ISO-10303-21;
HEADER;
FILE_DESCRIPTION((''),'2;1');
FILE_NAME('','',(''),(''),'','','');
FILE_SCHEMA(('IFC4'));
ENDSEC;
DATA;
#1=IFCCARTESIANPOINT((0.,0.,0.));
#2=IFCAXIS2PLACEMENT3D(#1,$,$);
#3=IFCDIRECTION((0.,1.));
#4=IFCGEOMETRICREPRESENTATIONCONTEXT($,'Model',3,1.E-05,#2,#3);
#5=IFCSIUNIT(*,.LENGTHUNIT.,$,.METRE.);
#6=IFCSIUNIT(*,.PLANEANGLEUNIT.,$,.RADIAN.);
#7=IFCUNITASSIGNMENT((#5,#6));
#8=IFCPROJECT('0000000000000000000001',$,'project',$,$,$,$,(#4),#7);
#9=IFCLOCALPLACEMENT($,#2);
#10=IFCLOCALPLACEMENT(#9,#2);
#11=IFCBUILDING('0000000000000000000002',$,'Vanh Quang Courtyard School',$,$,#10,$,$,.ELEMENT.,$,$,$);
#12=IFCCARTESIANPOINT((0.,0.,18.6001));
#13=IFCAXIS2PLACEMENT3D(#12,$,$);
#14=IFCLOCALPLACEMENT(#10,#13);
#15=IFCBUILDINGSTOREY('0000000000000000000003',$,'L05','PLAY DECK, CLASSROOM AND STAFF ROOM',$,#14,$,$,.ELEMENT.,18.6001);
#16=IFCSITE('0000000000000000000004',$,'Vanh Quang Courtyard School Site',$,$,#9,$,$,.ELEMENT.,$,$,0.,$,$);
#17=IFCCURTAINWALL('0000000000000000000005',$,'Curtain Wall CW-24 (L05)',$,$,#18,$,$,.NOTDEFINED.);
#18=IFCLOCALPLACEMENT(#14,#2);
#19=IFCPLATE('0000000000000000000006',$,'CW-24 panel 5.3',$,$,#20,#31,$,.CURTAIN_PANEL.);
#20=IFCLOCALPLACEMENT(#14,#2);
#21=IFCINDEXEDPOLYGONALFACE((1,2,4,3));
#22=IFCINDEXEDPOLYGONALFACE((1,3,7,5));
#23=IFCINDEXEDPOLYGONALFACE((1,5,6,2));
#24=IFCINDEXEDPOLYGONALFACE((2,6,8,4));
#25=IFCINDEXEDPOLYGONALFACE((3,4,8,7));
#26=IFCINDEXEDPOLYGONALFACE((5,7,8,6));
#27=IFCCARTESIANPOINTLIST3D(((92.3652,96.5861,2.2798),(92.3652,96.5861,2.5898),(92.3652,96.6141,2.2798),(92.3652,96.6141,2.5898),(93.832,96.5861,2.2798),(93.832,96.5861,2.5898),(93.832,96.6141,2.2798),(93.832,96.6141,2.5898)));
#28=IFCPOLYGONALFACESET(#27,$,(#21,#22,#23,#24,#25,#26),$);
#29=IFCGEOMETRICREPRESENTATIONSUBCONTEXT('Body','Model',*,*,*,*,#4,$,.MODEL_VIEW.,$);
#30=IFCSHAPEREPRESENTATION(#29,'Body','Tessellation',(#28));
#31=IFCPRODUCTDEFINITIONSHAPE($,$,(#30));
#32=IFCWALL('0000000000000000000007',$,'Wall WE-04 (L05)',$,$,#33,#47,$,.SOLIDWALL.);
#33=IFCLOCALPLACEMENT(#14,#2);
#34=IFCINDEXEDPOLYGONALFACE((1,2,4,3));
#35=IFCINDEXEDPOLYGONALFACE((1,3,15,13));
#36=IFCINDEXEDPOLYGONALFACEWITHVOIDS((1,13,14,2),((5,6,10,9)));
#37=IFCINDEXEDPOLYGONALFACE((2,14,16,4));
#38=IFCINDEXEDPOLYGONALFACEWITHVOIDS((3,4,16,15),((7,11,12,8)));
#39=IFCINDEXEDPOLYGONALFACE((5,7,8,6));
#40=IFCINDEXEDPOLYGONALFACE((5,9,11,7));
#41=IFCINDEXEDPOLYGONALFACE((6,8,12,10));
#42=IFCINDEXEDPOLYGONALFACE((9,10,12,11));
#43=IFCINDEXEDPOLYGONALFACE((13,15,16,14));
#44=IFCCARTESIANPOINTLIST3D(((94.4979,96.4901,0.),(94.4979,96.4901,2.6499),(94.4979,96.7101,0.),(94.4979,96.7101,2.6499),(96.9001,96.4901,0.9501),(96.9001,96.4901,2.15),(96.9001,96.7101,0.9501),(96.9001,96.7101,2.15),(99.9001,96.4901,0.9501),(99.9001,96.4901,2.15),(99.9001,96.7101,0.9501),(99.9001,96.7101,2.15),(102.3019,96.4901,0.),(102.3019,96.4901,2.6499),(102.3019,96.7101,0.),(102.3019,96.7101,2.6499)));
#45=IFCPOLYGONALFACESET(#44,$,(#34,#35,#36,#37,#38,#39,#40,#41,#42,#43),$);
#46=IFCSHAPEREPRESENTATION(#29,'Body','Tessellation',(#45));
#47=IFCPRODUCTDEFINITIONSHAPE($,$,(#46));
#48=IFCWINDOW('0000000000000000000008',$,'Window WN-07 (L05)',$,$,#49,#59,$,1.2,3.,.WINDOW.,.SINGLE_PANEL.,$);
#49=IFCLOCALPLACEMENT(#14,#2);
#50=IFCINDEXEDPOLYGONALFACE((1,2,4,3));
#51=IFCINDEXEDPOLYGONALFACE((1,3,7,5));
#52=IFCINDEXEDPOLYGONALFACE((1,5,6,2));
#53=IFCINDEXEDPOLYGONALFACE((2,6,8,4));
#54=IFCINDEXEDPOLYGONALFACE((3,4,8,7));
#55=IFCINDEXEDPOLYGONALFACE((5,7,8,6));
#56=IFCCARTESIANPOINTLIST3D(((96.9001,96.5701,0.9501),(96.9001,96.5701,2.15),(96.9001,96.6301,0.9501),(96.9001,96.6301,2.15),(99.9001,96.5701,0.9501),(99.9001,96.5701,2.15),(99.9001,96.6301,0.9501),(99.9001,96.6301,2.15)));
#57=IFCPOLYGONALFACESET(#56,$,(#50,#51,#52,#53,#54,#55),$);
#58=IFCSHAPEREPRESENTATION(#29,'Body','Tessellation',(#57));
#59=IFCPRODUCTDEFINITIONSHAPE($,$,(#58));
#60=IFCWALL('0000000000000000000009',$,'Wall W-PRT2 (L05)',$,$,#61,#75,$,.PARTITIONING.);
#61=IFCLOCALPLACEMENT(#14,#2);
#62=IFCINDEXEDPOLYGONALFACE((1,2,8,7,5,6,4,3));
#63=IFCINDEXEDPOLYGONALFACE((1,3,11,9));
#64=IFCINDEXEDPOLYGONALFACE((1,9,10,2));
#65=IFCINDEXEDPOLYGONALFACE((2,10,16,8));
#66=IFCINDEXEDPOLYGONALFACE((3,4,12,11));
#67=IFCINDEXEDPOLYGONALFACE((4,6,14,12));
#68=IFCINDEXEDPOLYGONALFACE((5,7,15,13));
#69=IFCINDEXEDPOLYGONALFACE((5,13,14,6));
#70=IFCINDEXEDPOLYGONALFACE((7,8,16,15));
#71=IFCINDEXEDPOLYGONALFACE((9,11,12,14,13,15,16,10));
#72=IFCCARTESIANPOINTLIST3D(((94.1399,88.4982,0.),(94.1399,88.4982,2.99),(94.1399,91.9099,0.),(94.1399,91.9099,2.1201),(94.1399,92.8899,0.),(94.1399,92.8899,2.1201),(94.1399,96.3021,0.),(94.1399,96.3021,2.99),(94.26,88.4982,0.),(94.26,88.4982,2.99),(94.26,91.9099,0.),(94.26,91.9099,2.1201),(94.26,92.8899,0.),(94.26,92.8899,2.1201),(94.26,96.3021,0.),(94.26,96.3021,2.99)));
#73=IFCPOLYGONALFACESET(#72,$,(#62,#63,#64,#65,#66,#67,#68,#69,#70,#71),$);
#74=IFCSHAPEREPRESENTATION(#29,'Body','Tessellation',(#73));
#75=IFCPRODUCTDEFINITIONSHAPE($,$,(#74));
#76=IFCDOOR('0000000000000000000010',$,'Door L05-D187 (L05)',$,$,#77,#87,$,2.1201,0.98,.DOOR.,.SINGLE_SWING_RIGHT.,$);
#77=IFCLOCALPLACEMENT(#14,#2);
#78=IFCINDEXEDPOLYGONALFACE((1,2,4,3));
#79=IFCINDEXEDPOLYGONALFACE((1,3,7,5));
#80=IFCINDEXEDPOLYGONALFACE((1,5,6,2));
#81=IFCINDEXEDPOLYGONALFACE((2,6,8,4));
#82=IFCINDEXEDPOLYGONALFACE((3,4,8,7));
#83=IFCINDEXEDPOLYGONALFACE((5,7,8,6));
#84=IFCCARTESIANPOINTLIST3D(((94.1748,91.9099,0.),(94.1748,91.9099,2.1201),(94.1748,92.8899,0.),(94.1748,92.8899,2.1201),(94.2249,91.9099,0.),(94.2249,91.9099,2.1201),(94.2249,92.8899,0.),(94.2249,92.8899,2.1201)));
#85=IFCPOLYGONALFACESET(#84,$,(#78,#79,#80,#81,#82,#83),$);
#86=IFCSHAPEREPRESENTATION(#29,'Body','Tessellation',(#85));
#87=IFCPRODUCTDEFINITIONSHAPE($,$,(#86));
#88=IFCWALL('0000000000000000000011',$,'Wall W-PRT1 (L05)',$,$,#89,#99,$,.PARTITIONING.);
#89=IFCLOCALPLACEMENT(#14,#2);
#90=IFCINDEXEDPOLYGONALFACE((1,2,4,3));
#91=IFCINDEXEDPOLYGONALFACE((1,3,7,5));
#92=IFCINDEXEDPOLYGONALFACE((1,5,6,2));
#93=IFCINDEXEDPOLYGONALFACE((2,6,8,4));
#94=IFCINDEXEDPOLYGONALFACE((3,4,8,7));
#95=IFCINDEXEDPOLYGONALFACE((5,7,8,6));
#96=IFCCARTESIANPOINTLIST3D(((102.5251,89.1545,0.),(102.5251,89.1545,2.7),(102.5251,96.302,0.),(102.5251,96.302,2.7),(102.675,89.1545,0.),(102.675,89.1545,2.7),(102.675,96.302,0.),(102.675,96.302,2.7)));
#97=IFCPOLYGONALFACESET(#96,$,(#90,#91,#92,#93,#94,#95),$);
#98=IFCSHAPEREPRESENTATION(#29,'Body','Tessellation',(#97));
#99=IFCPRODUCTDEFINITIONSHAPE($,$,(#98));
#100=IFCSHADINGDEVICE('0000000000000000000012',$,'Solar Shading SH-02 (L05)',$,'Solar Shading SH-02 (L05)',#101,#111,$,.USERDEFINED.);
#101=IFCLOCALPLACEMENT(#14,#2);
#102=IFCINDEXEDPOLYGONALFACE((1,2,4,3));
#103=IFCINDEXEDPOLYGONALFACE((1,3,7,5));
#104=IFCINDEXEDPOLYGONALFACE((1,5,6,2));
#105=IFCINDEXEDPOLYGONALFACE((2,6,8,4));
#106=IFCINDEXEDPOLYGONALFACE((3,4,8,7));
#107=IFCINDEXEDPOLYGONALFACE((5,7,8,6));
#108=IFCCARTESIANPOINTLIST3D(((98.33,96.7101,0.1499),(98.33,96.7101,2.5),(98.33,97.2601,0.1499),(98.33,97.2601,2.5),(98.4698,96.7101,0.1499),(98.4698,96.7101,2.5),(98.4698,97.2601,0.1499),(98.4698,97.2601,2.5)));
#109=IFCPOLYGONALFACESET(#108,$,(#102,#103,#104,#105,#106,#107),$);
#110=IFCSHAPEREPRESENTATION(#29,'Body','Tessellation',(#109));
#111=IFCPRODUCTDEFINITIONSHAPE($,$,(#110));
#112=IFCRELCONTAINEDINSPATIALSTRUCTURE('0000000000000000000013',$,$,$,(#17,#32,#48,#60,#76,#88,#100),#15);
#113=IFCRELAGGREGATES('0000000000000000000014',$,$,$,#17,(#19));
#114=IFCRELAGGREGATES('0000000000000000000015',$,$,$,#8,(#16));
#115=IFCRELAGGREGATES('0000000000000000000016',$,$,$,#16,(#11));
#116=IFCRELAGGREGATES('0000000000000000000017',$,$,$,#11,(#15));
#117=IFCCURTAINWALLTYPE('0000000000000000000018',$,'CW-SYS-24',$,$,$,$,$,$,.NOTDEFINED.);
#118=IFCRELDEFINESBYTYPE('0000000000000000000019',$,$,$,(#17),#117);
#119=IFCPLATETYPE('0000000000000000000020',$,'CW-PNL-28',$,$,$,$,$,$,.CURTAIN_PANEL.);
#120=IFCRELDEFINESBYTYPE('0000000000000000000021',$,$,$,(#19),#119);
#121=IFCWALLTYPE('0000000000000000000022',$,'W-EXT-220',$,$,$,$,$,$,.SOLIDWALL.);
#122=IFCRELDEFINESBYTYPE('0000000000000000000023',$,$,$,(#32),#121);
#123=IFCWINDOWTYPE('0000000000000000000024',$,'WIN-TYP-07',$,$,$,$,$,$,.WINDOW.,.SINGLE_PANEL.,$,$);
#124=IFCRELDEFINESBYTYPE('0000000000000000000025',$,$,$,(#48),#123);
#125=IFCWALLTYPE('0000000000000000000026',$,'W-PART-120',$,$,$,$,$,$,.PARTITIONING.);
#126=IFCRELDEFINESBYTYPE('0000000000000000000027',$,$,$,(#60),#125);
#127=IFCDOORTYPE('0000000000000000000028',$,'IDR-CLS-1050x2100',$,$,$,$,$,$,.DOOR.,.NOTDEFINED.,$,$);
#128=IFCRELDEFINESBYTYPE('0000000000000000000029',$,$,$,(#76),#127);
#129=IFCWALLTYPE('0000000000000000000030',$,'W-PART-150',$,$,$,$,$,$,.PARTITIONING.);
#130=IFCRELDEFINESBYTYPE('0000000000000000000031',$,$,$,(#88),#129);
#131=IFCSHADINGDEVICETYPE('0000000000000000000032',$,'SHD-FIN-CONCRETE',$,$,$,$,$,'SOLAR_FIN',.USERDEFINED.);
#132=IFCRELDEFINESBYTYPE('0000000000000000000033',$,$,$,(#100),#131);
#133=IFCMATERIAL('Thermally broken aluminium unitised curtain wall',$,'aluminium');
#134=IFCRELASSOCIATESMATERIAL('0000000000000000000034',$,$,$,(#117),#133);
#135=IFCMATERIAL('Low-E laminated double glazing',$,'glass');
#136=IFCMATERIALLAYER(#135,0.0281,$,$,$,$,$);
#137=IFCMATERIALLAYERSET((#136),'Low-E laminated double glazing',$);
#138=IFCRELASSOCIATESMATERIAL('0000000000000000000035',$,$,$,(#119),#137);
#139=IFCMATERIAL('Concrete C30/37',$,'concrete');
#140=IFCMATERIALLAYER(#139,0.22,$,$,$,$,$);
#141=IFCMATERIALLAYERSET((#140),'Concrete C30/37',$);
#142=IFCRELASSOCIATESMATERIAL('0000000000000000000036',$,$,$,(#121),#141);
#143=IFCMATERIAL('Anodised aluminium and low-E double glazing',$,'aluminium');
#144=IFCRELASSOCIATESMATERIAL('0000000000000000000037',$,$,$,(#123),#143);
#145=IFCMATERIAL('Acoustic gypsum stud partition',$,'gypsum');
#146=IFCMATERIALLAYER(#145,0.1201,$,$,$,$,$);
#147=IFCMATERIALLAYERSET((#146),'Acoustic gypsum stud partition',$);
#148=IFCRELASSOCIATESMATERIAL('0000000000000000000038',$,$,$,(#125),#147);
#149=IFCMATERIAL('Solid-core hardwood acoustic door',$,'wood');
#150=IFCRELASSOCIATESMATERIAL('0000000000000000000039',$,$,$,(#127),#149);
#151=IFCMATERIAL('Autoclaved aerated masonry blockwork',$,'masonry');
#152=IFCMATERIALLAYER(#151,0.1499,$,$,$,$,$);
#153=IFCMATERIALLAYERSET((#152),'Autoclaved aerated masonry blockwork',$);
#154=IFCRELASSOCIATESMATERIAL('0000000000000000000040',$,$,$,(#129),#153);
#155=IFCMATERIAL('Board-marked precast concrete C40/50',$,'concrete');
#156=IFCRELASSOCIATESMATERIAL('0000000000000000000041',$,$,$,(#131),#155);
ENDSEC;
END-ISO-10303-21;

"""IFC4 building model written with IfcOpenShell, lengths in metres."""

from ifc_helpers import new_model, si_unit, direction, frame, frame_2d, origin, origin_2d, place, context, subcontext, project, spatial, rectangle, extrude, material, layer, layer_set, type_object, element, fill, aggregate, save


model = new_model("IFC4")

# Units and contexts
model_context = context("Model", 3, precision=1e-05, world=origin(), true_north=direction((0.0, 1.0)))
body_context = subcontext(model_context, "Body", "Model", "MODEL_VIEW")
ifc_project = project(units=[si_unit("LENGTHUNIT", "METRE"), si_unit("PLANEANGLEUNIT", "RADIAN")], contexts=[model_context])

# Site, building, storey
site_placement = place(None, origin())
site = spatial("IfcSite", under=ifc_project, at=site_placement, Name="Vanh Quang Courtyard School Site", CompositionType="ELEMENT", RefElevation=0.0)
building_placement = place(site_placement, origin())
building = spatial("IfcBuilding", under=site, at=building_placement, Name="Vanh Quang Courtyard School", CompositionType="ELEMENT")
storey_placement = place(building_placement, frame((0.0, 0.0, 18.6001)))
storey = spatial("IfcBuildingStorey", under=building, at=storey_placement, Name="L05", Description="PLAY DECK, CLASSROOM AND STAFF ROOM", CompositionType="ELEMENT", Elevation=18.6001)

# Curtain wall
ifc_material_1 = material(Name="Thermally broken aluminium unitised curtain wall", Category="aluminium")
curtain_wall_type = type_object("IfcCurtainWallType", Name="CW-SYS-24", PredefinedType="NOTDEFINED", material=ifc_material_1)
curtain_wall_placement = place(storey_placement, origin())
curtain_wall = element("IfcCurtainWall", 1, at=curtain_wall_placement, inside=storey, type_object=curtain_wall_type, Name="Curtain Wall CW-24 (L05)", PredefinedType="NOTDEFINED")

# Shared definitions
ifc_material_2 = material(Name="Concrete C30/37", Category="concrete")

# Plate
ifc_material_3 = material(Name="Low-E laminated double glazing", Category="glass")
ifc_layer_1 = layer(ifc_material_3, 0.0281)
ifc_layer_set_1 = layer_set([ifc_layer_1], Name="Low-E laminated double glazing")
plate_type = type_object("IfcPlateType", Name="CW-PNL-28", PredefinedType="CURTAIN_PANEL", material=ifc_layer_set_1)
plate_1_placement = place(storey_placement, frame((93.0986, 96.6001, 2.2798), z_axis=(0.0, 0.0, 1.0), x_axis=(1.0, 0.0, 0.0)))
plate_1 = element("IfcPlate", 2, at=plate_1_placement, type_object=plate_type, Name="CW-24 panel 5.3", PredefinedType="CURTAIN_PANEL", context=body_context, shape_type="SweptSolid", body=[
    extrude(rectangle(XDim=1.4668, YDim=0.0281, at=origin_2d()), origin(), (0.0, 0.0, 1.0), 0.3101),
])
aggregate(curtain_wall, [plate_1])

# Wall, opening, window
ifc_layer_2 = layer(ifc_material_2, 0.22)
ifc_layer_set_2 = layer_set([ifc_layer_2], Name="Concrete C30/37")
wall_type_1 = type_object("IfcWallType", Name="W-EXT-220", PredefinedType="SOLIDWALL", material=ifc_layer_set_2)
wall_1_placement = place(storey_placement, frame((94.498, 96.6001, 0.0), z_axis=(0.0, 0.0, 1.0), x_axis=(1.0, 0.0, 0.0)))
wall_1 = element("IfcWall", 3, at=wall_1_placement, inside=storey, type_object=wall_type_1, Name="Wall WE-04 (L05)", PredefinedType="SOLIDWALL", context=body_context, shape_type="SweptSolid", body=[
    extrude(rectangle(XDim=7.804, YDim=0.22, at=frame_2d((3.9019, 0.0))), origin(), (0.0, 0.0, 1.0), 2.6499),
])
opening_1_placement = place(wall_1_placement, frame((2.4021, 0.0, 0.95)))
opening_1 = element("IfcOpeningElement", 4, at=opening_1_placement, cuts=wall_1, PredefinedType="OPENING", context=body_context, shape_type="SweptSolid", body=[
    extrude(rectangle(XDim=3.0, YDim=1.2, at=frame_2d((1.5, 0.6001))), frame((0.0, 0.1201, 0.0), z_axis=(0.0, -1.0, 0.0), x_axis=(1.0, 0.0, 0.0)), (0.0, 0.0, 1.0), 0.24),
])
ifc_material_4 = material(Name="Anodised aluminium and low-E double glazing", Category="aluminium")
window_type = type_object("IfcWindowType", Name="WIN-TYP-07", PartitioningType="SINGLE_PANEL", PredefinedType="WINDOW", material=ifc_material_4)
window_placement = place(opening_1_placement, origin())
window = element("IfcWindow", 5, at=window_placement, inside=storey, type_object=window_type, Name="Window WN-07 (L05)", OverallHeight=1.2, OverallWidth=3.0, PartitioningType="SINGLE_PANEL", PredefinedType="WINDOW", context=body_context, shape_type="SweptSolid", body=[
    extrude(rectangle(XDim=3.0, YDim=1.2, at=frame_2d((1.5, 0.6001))), frame((0.0, 0.03, 0.0), z_axis=(0.0, -1.0, 0.0), x_axis=(1.0, 0.0, 0.0)), (0.0, 0.0, 1.0), 0.0601),
])
fill(opening_1, window)

# Wall, opening, door
ifc_material_5 = material(Name="Acoustic gypsum stud partition", Category="gypsum")
ifc_layer_3 = layer(ifc_material_5, 0.1201)
ifc_layer_set_3 = layer_set([ifc_layer_3], Name="Acoustic gypsum stud partition")
wall_type_2 = type_object("IfcWallType", Name="W-PART-120", PredefinedType="PARTITIONING", material=ifc_layer_set_3)
wall_2_placement = place(storey_placement, frame((94.2, 96.302, 0.0), z_axis=(0.0, 0.0, 1.0), x_axis=(0.0, -1.0, 0.0)))
wall_2 = element("IfcWall", 6, at=wall_2_placement, inside=storey, type_object=wall_type_2, Name="Wall W-PRT2 (L05)", PredefinedType="PARTITIONING", context=body_context, shape_type="SweptSolid", body=[
    extrude(rectangle(XDim=7.804, YDim=0.1201, at=frame_2d((3.9019, 0.0))), origin(), (0.0, 0.0, 1.0), 2.99),
])
opening_2_placement = place(wall_2_placement, frame((3.4121, 0.0, 0.0)))
opening_2 = element("IfcOpeningElement", 7, at=opening_2_placement, cuts=wall_2, PredefinedType="OPENING", context=body_context, shape_type="SweptSolid", body=[
    extrude(rectangle(XDim=0.98, YDim=2.1201, at=frame_2d((0.49, 1.0601))), frame((0.0, 0.0701, 0.0), z_axis=(0.0, -1.0, 0.0), x_axis=(1.0, 0.0, 0.0)), (0.0, 0.0, 1.0), 0.1401),
])
ifc_material_6 = material(Name="Solid-core hardwood acoustic door", Category="wood")
door_type = type_object("IfcDoorType", Name="IDR-CLS-1050x2100", OperationType="NOTDEFINED", PredefinedType="DOOR", material=ifc_material_6)
door_placement = place(opening_2_placement, origin())
door = element("IfcDoor", 8, at=door_placement, inside=storey, type_object=door_type, Name="Door L05-D187 (L05)", OperationType="SINGLE_SWING_RIGHT", OverallHeight=2.1201, OverallWidth=0.98, PredefinedType="DOOR", context=body_context, shape_type="SweptSolid", body=[
    extrude(rectangle(XDim=0.98, YDim=2.1201, at=frame_2d((0.49, 1.0601))), frame((0.0, 0.0249, 0.0), z_axis=(0.0, -1.0, 0.0), x_axis=(1.0, 0.0, 0.0)), (0.0, 0.0, 1.0), 0.05),
])
fill(opening_2, door)

# Wall
ifc_material_7 = material(Name="Autoclaved aerated masonry blockwork", Category="masonry")
ifc_layer_4 = layer(ifc_material_7, 0.1499)
ifc_layer_set_4 = layer_set([ifc_layer_4], Name="Autoclaved aerated masonry blockwork")
wall_type_3 = type_object("IfcWallType", Name="W-PART-150", PredefinedType="PARTITIONING", material=ifc_layer_set_4)
wall_3_placement = place(storey_placement, frame((102.6001, 96.302, 0.0), z_axis=(0.0, 0.0, 1.0), x_axis=(0.0, -1.0, 0.0)))
element("IfcWall", 9, at=wall_3_placement, inside=storey, type_object=wall_type_3, Name="Wall W-PRT1 (L05)", PredefinedType="PARTITIONING", context=body_context, shape_type="SweptSolid", body=[
    extrude(rectangle(XDim=7.1475, YDim=0.1499, at=frame_2d((3.5737, 0.0))), origin(), (0.0, 0.0, 1.0), 2.7),
])

# Shading device
ifc_material_8 = material(Name="Board-marked precast concrete C40/50", Category="concrete")
shading_device_type = type_object("IfcShadingDeviceType", Name="SHD-FIN-CONCRETE", ElementType="SOLAR_FIN", PredefinedType="USERDEFINED", material=ifc_material_8)
shading_device_placement = place(storey_placement, frame((98.3999, 96.9851, 0.1499), z_axis=(0.0, 0.0, 1.0), x_axis=(1.0, 0.0, 0.0)))
element("IfcShadingDevice", 10, at=shading_device_placement, inside=storey, type_object=shading_device_type, Name="Solar Shading SH-02 (L05)", ObjectType="Solar Shading SH-02 (L05)", PredefinedType="USERDEFINED", context=body_context, shape_type="SweptSolid", body=[
    extrude(rectangle(XDim=0.1399, YDim=0.55, at=origin_2d()), origin(), (0.0, 0.0, 1.0), 2.3501),
])

save(model, "model.ifc")
